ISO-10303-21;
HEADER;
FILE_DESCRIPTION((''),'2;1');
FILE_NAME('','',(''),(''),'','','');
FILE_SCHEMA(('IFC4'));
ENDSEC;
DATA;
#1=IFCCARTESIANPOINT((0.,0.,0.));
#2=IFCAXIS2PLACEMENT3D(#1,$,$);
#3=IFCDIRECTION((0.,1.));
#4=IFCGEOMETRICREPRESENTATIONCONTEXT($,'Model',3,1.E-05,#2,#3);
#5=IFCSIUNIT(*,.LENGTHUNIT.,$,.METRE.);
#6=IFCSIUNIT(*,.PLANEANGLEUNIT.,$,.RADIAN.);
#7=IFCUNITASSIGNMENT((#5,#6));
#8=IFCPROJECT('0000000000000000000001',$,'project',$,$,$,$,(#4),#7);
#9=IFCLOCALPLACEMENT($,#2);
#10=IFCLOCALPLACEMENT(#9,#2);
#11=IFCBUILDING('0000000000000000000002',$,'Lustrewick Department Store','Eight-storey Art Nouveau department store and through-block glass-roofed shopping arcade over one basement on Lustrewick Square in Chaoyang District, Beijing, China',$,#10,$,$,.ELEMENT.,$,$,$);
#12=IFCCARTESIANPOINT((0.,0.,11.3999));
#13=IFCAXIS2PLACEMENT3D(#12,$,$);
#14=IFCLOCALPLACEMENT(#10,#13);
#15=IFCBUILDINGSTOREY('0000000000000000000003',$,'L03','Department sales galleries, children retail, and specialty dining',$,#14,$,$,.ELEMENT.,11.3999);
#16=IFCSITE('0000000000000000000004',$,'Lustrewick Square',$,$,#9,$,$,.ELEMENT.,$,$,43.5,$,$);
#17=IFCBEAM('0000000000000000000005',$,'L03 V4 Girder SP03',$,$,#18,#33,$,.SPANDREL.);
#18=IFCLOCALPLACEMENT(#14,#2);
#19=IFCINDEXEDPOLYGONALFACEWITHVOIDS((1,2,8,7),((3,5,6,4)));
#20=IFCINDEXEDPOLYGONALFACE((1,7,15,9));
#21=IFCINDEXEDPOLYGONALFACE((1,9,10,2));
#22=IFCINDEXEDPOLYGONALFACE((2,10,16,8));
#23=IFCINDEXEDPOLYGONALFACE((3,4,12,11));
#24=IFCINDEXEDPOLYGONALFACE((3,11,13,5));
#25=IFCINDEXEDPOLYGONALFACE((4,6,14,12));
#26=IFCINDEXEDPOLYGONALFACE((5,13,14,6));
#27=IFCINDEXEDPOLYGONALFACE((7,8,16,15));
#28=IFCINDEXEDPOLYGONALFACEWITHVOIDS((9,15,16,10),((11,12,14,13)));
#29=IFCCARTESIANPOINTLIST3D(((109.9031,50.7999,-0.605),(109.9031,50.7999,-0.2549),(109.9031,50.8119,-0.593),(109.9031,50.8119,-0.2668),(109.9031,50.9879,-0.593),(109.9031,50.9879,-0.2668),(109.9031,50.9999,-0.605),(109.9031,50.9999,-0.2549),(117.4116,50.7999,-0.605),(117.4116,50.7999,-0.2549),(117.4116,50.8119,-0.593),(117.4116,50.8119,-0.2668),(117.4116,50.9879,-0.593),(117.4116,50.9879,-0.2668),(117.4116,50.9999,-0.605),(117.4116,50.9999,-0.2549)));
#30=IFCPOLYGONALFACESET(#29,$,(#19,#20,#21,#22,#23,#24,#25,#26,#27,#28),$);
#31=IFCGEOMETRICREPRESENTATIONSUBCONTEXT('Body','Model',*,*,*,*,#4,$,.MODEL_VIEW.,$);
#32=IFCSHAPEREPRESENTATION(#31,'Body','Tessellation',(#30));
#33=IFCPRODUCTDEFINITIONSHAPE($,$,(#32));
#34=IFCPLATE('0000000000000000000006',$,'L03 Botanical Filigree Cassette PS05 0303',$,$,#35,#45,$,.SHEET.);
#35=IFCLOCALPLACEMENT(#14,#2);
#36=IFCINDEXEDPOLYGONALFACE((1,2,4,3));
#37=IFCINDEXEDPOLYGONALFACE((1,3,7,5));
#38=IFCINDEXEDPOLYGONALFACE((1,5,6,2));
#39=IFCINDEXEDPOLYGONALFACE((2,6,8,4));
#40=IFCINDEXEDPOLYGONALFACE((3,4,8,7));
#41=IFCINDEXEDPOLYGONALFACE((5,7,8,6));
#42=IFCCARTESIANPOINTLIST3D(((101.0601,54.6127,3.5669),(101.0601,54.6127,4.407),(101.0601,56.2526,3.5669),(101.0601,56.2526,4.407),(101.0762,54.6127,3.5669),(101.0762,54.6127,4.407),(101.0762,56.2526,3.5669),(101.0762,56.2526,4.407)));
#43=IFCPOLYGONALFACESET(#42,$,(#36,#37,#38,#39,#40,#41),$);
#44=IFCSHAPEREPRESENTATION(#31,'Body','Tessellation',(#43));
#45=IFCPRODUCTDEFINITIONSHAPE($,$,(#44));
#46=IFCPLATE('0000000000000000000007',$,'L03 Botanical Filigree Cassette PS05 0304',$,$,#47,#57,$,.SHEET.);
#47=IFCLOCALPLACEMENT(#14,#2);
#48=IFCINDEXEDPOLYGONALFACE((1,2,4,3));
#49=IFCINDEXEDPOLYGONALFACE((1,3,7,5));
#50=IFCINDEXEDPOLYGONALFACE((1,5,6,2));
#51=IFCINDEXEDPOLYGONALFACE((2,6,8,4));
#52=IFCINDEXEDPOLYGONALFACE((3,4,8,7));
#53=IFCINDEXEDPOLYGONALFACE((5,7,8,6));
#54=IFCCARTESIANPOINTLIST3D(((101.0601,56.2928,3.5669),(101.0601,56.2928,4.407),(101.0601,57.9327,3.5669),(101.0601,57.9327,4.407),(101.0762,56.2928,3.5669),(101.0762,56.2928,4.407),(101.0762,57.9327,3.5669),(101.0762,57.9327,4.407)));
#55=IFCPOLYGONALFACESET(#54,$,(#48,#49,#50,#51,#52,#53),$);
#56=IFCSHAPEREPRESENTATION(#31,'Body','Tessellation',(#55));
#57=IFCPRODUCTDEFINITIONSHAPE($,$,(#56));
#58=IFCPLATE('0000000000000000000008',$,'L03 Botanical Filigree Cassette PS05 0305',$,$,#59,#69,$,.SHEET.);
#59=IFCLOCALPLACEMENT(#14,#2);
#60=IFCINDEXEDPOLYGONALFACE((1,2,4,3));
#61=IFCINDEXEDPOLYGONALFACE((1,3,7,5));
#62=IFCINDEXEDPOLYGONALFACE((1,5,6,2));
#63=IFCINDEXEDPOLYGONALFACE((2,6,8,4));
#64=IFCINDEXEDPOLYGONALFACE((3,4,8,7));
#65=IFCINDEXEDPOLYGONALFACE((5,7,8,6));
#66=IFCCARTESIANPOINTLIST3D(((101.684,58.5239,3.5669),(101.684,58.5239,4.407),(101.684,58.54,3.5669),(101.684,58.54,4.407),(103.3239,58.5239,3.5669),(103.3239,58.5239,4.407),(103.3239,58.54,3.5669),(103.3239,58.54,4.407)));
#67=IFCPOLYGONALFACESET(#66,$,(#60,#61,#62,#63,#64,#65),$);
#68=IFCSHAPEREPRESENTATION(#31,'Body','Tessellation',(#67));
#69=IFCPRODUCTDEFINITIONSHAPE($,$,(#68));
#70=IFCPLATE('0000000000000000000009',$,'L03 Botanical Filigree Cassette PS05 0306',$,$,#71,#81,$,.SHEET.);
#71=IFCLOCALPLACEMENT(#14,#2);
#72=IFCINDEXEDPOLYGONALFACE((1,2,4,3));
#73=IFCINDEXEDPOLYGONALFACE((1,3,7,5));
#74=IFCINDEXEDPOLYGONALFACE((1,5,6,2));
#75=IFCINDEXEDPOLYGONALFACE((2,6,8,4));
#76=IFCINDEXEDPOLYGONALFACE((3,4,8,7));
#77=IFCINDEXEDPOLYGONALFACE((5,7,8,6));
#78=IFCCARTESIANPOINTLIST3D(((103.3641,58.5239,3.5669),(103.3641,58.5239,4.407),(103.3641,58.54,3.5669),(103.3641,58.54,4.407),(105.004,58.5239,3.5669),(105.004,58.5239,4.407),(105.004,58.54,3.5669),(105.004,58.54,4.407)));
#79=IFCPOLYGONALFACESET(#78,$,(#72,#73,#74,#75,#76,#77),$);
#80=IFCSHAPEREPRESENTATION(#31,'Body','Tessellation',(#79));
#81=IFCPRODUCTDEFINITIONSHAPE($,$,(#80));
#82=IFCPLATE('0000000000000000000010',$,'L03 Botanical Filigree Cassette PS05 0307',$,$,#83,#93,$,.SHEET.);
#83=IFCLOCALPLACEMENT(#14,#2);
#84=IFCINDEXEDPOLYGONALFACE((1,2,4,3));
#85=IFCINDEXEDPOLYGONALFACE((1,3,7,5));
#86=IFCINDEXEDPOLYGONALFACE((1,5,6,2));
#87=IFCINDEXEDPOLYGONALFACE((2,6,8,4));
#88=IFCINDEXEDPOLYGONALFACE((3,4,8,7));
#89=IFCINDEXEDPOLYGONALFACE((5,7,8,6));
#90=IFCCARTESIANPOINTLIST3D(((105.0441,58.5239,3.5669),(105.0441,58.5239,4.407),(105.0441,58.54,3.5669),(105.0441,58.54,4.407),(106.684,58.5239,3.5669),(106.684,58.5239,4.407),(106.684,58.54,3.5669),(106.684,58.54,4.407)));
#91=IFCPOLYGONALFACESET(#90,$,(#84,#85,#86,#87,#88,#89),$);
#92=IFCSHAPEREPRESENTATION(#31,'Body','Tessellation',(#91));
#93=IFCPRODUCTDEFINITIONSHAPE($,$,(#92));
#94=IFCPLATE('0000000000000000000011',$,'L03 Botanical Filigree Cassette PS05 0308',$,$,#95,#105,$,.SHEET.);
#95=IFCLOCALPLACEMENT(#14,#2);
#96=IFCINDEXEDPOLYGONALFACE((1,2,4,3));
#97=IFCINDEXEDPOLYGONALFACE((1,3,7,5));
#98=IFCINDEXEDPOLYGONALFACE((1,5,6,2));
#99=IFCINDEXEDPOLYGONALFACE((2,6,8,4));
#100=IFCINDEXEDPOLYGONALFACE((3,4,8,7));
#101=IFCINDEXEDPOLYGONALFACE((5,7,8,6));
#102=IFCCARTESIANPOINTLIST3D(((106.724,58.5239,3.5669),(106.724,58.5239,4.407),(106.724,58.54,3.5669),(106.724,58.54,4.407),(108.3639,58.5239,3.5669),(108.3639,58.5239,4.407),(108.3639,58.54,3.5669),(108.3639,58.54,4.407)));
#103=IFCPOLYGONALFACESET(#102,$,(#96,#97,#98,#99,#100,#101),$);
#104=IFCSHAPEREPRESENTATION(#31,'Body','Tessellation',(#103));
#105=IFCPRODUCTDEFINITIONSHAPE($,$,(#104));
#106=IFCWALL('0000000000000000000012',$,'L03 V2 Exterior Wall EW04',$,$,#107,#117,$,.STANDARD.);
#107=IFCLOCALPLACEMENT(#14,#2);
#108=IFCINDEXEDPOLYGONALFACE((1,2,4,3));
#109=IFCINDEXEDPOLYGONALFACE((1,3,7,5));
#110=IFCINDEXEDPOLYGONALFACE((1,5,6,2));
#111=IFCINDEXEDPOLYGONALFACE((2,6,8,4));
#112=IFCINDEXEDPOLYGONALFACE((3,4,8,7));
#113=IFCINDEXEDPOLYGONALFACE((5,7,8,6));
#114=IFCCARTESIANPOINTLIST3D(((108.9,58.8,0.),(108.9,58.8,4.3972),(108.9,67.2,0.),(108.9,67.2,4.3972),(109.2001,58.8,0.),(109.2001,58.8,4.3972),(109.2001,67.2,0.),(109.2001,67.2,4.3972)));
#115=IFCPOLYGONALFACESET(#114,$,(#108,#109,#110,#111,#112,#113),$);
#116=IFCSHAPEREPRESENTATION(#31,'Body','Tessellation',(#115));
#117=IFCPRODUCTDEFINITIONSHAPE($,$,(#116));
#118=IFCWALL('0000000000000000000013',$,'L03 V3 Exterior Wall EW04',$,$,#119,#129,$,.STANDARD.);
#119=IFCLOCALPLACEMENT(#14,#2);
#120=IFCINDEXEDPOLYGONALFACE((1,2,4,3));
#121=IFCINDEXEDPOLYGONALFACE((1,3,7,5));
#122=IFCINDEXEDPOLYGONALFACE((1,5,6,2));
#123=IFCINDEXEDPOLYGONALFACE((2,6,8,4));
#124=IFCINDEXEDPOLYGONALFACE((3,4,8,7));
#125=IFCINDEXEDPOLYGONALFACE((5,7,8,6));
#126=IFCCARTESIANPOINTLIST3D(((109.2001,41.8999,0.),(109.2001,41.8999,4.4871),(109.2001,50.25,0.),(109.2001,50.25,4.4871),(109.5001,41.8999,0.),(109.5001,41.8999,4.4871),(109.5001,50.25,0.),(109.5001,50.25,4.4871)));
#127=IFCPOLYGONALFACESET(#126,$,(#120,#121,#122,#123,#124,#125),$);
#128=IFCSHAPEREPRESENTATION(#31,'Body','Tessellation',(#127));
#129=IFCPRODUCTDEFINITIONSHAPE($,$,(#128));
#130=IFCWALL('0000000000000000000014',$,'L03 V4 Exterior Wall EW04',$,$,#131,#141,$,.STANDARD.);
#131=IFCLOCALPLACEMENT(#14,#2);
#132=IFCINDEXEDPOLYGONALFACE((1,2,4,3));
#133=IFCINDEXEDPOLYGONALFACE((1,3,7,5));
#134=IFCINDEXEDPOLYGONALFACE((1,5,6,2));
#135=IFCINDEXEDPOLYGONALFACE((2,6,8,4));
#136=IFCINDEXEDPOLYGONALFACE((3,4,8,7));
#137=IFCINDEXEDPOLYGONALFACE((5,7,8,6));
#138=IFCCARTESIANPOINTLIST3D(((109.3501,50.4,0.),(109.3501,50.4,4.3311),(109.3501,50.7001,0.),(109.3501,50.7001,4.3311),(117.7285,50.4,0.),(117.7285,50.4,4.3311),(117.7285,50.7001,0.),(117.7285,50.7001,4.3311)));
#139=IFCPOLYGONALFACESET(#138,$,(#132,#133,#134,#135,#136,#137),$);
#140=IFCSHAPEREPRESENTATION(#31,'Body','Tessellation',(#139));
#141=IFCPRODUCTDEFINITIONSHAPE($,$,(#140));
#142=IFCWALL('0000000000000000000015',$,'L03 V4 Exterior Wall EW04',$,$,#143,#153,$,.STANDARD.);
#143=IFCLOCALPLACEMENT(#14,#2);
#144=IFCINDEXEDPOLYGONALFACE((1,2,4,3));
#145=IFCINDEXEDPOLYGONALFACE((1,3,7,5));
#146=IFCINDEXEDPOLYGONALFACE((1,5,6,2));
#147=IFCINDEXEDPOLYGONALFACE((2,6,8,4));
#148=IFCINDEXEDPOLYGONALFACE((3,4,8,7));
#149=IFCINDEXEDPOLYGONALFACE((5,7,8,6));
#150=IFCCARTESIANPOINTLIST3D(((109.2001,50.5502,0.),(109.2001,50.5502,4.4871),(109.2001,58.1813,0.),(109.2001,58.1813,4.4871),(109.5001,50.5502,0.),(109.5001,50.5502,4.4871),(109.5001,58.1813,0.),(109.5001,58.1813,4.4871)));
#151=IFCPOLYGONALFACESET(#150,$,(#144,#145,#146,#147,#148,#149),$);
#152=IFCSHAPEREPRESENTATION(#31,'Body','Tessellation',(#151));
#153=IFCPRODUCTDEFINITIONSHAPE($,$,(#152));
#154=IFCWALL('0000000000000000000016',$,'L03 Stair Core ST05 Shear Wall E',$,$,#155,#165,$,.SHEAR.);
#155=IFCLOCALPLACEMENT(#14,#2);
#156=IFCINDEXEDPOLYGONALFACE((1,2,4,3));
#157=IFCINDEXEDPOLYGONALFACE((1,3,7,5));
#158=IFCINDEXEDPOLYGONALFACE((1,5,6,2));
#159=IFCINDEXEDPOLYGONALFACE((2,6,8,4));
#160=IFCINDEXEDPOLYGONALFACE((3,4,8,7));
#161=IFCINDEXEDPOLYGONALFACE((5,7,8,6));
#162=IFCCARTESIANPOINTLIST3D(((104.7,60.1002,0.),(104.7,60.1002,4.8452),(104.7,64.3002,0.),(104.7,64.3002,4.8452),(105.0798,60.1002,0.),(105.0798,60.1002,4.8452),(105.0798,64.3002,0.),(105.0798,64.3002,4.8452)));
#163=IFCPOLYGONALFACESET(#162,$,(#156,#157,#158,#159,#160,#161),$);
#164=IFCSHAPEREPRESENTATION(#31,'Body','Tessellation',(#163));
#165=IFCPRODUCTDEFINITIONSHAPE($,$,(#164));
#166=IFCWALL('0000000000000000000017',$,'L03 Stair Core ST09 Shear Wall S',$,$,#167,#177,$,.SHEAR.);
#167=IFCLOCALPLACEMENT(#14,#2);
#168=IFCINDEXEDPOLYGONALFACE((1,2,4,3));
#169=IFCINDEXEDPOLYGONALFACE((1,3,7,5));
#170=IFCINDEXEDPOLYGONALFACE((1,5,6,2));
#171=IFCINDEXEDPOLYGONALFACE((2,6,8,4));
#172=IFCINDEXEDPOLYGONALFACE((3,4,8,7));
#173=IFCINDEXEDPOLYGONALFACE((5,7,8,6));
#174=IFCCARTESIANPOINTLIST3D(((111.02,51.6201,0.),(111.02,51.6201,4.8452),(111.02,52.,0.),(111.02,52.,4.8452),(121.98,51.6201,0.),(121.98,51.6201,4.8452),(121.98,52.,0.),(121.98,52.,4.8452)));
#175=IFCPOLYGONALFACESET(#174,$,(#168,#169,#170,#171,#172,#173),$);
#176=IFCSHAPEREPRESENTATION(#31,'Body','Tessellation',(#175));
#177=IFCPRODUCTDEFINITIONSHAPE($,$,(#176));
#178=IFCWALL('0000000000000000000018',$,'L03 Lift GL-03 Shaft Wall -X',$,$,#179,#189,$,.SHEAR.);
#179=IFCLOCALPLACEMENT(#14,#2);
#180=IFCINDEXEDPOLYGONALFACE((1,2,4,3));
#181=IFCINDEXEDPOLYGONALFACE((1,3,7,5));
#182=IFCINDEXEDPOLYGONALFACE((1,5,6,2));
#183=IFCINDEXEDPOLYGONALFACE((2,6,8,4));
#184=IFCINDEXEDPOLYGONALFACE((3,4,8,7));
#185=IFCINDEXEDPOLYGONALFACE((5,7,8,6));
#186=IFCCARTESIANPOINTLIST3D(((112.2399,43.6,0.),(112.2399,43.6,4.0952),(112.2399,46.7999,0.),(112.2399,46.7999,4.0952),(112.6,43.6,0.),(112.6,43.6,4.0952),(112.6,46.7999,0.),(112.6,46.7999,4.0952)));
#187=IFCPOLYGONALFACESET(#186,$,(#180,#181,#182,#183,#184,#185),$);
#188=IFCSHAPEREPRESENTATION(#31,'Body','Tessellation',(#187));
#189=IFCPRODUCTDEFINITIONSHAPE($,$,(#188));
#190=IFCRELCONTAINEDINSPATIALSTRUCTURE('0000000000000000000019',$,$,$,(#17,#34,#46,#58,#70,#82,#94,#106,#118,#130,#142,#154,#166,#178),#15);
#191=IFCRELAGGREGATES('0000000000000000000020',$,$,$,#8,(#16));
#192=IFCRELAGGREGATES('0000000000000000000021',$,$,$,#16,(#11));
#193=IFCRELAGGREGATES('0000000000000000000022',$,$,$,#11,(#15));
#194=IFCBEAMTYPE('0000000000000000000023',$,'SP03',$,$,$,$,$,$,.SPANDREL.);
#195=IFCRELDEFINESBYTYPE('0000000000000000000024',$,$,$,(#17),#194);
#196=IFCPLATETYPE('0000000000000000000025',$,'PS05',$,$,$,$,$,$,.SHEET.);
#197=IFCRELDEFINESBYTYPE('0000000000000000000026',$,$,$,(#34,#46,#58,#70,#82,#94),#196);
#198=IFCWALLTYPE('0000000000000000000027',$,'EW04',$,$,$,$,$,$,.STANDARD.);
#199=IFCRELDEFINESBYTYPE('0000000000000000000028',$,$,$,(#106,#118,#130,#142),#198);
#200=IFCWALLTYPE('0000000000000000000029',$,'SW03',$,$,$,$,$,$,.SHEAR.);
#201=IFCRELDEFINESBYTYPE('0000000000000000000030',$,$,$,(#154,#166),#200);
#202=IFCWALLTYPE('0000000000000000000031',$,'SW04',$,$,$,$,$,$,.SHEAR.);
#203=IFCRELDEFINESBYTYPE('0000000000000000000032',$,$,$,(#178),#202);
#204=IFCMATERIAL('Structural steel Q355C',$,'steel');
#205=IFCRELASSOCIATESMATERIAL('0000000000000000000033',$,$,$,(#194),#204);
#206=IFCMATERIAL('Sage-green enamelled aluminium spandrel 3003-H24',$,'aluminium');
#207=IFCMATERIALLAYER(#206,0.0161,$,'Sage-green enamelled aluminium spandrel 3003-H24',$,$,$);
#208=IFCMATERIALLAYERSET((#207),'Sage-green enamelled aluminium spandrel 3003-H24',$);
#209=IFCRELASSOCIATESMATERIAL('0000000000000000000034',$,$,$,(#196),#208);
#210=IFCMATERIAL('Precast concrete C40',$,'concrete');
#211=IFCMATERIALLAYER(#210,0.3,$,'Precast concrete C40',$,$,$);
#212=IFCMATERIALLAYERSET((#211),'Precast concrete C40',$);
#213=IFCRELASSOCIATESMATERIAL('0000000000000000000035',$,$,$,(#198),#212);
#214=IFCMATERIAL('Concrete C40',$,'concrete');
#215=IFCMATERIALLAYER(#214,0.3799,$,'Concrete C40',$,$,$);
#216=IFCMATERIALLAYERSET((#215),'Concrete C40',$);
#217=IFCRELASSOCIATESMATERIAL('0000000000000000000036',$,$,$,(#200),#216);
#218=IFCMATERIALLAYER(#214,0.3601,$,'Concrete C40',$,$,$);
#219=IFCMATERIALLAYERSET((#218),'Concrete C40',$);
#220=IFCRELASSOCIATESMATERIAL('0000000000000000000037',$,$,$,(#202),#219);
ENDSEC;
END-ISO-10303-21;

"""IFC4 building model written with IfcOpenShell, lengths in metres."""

from ifc_helpers import new_model, si_unit, direction, frame, frame_2d, origin, origin_2d, place, context, subcontext, project, spatial, rectangle, hollow_rectangle, extrude, material, layer, layer_set, material_profile, profile_set, type_object, element, save


model = new_model("IFC4")

# Units and contexts
model_context = context("Model", 3, precision=1e-05, world=origin(), true_north=direction((0.0, 1.0)))
body_context = subcontext(model_context, "Body", "Model", "MODEL_VIEW")
ifc_project = project(units=[si_unit("LENGTHUNIT", "METRE"), si_unit("PLANEANGLEUNIT", "RADIAN")], contexts=[model_context])

# Site, building, storey
site_placement = place(None, origin())
site = spatial("IfcSite", under=ifc_project, at=site_placement, Name="Lustrewick Square", CompositionType="ELEMENT", RefElevation=43.5)
building_placement = place(site_placement, origin())
building = spatial("IfcBuilding", under=site, at=building_placement, Name="Lustrewick Department Store", Description="Eight-storey Art Nouveau department store and through-block glass-roofed shopping arcade over one basement on Lustrewick Square in Chaoyang District, Beijing, China", CompositionType="ELEMENT")
storey_placement = place(building_placement, frame((0.0, 0.0, 11.3999)))
storey = spatial("IfcBuildingStorey", under=building, at=storey_placement, Name="L03", Description="Department sales galleries, children retail, and specialty dining", CompositionType="ELEMENT", Elevation=11.3999)

# Shared definitions
ifc_material_1 = material(Name="Structural steel Q355C", Category="steel")

# Beam
ifc_material_profile_1 = material_profile(ifc_material_1, hollow_rectangle(XDim=0.2, YDim=0.3501, WallThickness=0.012, at=origin_2d()), Name="RHS 350x200x12")
ifc_profile_set_1 = profile_set([ifc_material_profile_1], Name="Structural steel Q355C")
beam_type_1 = type_object("IfcBeamType", Name="SP03", PredefinedType="SPANDREL", material=ifc_profile_set_1)
beam_1_placement = place(storey_placement, frame((109.9031, 50.8999, -0.4299), z_axis=(1.0, 0.0, 0.0), x_axis=(0.0, 1.0, 0.0)))
element("IfcBeam", 1, at=beam_1_placement, inside=storey, type_object=beam_type_1, Name="L03 V4 Girder SP03", PredefinedType="SPANDREL", context=body_context, shape_type="SweptSolid", body=[
    extrude(hollow_rectangle(XDim=0.2, YDim=0.3501, WallThickness=0.012, at=origin_2d()), origin(), (0.0, 0.0, 1.0), 7.5085),
])

# Plates
ifc_material_2 = material(Name="Sage-green enamelled aluminium spandrel 3003-H24", Category="aluminium")
ifc_layer_1 = layer(ifc_material_2, 0.0161, Name="Sage-green enamelled aluminium spandrel 3003-H24")
ifc_layer_set_1 = layer_set([ifc_layer_1], Name="Sage-green enamelled aluminium spandrel 3003-H24")
plate_type = type_object("IfcPlateType", Name="PS05", PredefinedType="SHEET", material=ifc_layer_set_1)
for number, where, z_axis, x_axis, name in (
    (2, (101.0681, 55.4326, 3.5669), (0.0, 0.0, 1.0), (0.0, 1.0, 0.0), "L03 Botanical Filigree Cassette PS05 0303"),
    (3, (101.0681, 57.1128, 3.5669), (0.0, 0.0, 1.0), (0.0, 1.0, 0.0), "L03 Botanical Filigree Cassette PS05 0304"),
    (4, (102.5039, 58.532, 3.5669), (0.0, 0.0, 1.0), (1.0, 0.0, 0.0), "L03 Botanical Filigree Cassette PS05 0305"),
    (5, (104.1841, 58.532, 3.5669), (0.0, 0.0, 1.0), (1.0, 0.0, 0.0), "L03 Botanical Filigree Cassette PS05 0306"),
    (6, (105.864, 58.532, 3.5669), (0.0, 0.0, 1.0), (1.0, 0.0, 0.0), "L03 Botanical Filigree Cassette PS05 0307"),
    (7, (107.5439, 58.532, 3.5669), (0.0, 0.0, 1.0), (1.0, 0.0, 0.0), "L03 Botanical Filigree Cassette PS05 0308"),
):
    element("IfcPlate", number, at=place(storey_placement, frame(where, z_axis=z_axis, x_axis=x_axis)), inside=storey, type_object=plate_type, Name=name, PredefinedType="SHEET", context=body_context, shape_type="SweptSolid", body=[
        extrude(rectangle(XDim=1.6399, YDim=0.0161, at=origin_2d()), origin(), (0.0, 0.0, 1.0), 0.8401),
    ])

# Walls
ifc_material_3 = material(Name="Precast concrete C40", Category="concrete")
ifc_layer_2 = layer(ifc_material_3, 0.3, Name="Precast concrete C40")
ifc_layer_set_2 = layer_set([ifc_layer_2], Name="Precast concrete C40")
wall_type_1 = type_object("IfcWallType", Name="EW04", PredefinedType="STANDARD", material=ifc_layer_set_2)
wall_1_placement = place(storey_placement, frame((109.05, 58.8, 0.0), z_axis=(0.0, 0.0, 1.0), x_axis=(0.0, 1.0, 0.0)))
element("IfcWall", 8, at=wall_1_placement, inside=storey, type_object=wall_type_1, Name="L03 V2 Exterior Wall EW04", PredefinedType="STANDARD", context=body_context, shape_type="SweptSolid", body=[
    extrude(rectangle(XDim=8.3999, YDim=0.3, at=frame_2d((4.2, 0.0))), origin(), (0.0, 0.0, 1.0), 4.3972),
])
wall_2_placement = place(storey_placement, frame((109.3501, 50.25, 0.0), z_axis=(0.0, 0.0, 1.0), x_axis=(0.0, -1.0, 0.0)))
element("IfcWall", 9, at=wall_2_placement, inside=storey, type_object=wall_type_1, Name="L03 V3 Exterior Wall EW04", PredefinedType="STANDARD", context=body_context, shape_type="SweptSolid", body=[
    extrude(rectangle(XDim=8.3501, YDim=0.3, at=frame_2d((4.175, 0.0))), origin(), (0.0, 0.0, 1.0), 4.4871),
])
wall_3_placement = place(storey_placement, frame((109.3501, 50.55, 0.0), z_axis=(0.0, 0.0, 1.0), x_axis=(1.0, 0.0, 0.0)))
element("IfcWall", 10, at=wall_3_placement, inside=storey, type_object=wall_type_1, Name="L03 V4 Exterior Wall EW04", PredefinedType="STANDARD", context=body_context, shape_type="SweptSolid", body=[
    extrude(rectangle(XDim=8.3784, YDim=0.3, at=frame_2d((4.1892, 0.0))), origin(), (0.0, 0.0, 1.0), 4.3311),
])
wall_4_placement = place(storey_placement, frame((109.3501, 58.1812, 0.0), z_axis=(0.0, 0.0, 1.0), x_axis=(0.0, -1.0, 0.0)))
element("IfcWall", 11, at=wall_4_placement, inside=storey, type_object=wall_type_1, Name="L03 V4 Exterior Wall EW04", PredefinedType="STANDARD", context=body_context, shape_type="SweptSolid", body=[
    extrude(rectangle(XDim=7.6311, YDim=0.3, at=frame_2d((3.8154, 0.0))), origin(), (0.0, 0.0, 1.0), 4.4871),
])

# Walls
ifc_material_4 = material(Name="Concrete C40", Category="concrete")
ifc_layer_3 = layer(ifc_material_4, 0.3799, Name="Concrete C40")
ifc_layer_set_3 = layer_set([ifc_layer_3], Name="Concrete C40")
wall_type_2 = type_object("IfcWallType", Name="SW03", PredefinedType="SHEAR", material=ifc_layer_set_3)
wall_5_placement = place(storey_placement, frame((104.8899, 60.1001, 0.0), z_axis=(0.0, 0.0, 1.0), x_axis=(0.0, 1.0, 0.0)))
element("IfcWall", 12, at=wall_5_placement, inside=storey, type_object=wall_type_2, Name="L03 Stair Core ST05 Shear Wall E", PredefinedType="SHEAR", context=body_context, shape_type="SweptSolid", body=[
    extrude(rectangle(XDim=4.2, YDim=0.3799, at=frame_2d((2.1001, 0.0))), origin(), (0.0, 0.0, 1.0), 4.8452),
])
wall_6_placement = place(storey_placement, frame((111.02, 51.8101, 0.0), z_axis=(0.0, 0.0, 1.0), x_axis=(1.0, 0.0, 0.0)))
element("IfcWall", 13, at=wall_6_placement, inside=storey, type_object=wall_type_2, Name="L03 Stair Core ST09 Shear Wall S", PredefinedType="SHEAR", context=body_context, shape_type="SweptSolid", body=[
    extrude(rectangle(XDim=10.96, YDim=0.3799, at=frame_2d((5.48, 0.0))), origin(), (0.0, 0.0, 1.0), 4.8452),
])

# Wall
ifc_layer_4 = layer(ifc_material_4, 0.3601, Name="Concrete C40")
ifc_layer_set_4 = layer_set([ifc_layer_4], Name="Concrete C40")
wall_type_3 = type_object("IfcWallType", Name="SW04", PredefinedType="SHEAR", material=ifc_layer_set_4)
wall_7_placement = place(storey_placement, frame((112.4199, 46.8, 0.0), z_axis=(0.0, 0.0, 1.0), x_axis=(0.0, -1.0, 0.0)))
element("IfcWall", 14, at=wall_7_placement, inside=storey, type_object=wall_type_3, Name="L03 Lift GL-03 Shaft Wall -X", PredefinedType="SHEAR", context=body_context, shape_type="SweptSolid", body=[
    extrude(rectangle(XDim=3.2, YDim=0.3601, at=frame_2d((1.6001, 0.0))), origin(), (0.0, 0.0, 1.0), 4.0952),
])

save(model, "model.ifc")
